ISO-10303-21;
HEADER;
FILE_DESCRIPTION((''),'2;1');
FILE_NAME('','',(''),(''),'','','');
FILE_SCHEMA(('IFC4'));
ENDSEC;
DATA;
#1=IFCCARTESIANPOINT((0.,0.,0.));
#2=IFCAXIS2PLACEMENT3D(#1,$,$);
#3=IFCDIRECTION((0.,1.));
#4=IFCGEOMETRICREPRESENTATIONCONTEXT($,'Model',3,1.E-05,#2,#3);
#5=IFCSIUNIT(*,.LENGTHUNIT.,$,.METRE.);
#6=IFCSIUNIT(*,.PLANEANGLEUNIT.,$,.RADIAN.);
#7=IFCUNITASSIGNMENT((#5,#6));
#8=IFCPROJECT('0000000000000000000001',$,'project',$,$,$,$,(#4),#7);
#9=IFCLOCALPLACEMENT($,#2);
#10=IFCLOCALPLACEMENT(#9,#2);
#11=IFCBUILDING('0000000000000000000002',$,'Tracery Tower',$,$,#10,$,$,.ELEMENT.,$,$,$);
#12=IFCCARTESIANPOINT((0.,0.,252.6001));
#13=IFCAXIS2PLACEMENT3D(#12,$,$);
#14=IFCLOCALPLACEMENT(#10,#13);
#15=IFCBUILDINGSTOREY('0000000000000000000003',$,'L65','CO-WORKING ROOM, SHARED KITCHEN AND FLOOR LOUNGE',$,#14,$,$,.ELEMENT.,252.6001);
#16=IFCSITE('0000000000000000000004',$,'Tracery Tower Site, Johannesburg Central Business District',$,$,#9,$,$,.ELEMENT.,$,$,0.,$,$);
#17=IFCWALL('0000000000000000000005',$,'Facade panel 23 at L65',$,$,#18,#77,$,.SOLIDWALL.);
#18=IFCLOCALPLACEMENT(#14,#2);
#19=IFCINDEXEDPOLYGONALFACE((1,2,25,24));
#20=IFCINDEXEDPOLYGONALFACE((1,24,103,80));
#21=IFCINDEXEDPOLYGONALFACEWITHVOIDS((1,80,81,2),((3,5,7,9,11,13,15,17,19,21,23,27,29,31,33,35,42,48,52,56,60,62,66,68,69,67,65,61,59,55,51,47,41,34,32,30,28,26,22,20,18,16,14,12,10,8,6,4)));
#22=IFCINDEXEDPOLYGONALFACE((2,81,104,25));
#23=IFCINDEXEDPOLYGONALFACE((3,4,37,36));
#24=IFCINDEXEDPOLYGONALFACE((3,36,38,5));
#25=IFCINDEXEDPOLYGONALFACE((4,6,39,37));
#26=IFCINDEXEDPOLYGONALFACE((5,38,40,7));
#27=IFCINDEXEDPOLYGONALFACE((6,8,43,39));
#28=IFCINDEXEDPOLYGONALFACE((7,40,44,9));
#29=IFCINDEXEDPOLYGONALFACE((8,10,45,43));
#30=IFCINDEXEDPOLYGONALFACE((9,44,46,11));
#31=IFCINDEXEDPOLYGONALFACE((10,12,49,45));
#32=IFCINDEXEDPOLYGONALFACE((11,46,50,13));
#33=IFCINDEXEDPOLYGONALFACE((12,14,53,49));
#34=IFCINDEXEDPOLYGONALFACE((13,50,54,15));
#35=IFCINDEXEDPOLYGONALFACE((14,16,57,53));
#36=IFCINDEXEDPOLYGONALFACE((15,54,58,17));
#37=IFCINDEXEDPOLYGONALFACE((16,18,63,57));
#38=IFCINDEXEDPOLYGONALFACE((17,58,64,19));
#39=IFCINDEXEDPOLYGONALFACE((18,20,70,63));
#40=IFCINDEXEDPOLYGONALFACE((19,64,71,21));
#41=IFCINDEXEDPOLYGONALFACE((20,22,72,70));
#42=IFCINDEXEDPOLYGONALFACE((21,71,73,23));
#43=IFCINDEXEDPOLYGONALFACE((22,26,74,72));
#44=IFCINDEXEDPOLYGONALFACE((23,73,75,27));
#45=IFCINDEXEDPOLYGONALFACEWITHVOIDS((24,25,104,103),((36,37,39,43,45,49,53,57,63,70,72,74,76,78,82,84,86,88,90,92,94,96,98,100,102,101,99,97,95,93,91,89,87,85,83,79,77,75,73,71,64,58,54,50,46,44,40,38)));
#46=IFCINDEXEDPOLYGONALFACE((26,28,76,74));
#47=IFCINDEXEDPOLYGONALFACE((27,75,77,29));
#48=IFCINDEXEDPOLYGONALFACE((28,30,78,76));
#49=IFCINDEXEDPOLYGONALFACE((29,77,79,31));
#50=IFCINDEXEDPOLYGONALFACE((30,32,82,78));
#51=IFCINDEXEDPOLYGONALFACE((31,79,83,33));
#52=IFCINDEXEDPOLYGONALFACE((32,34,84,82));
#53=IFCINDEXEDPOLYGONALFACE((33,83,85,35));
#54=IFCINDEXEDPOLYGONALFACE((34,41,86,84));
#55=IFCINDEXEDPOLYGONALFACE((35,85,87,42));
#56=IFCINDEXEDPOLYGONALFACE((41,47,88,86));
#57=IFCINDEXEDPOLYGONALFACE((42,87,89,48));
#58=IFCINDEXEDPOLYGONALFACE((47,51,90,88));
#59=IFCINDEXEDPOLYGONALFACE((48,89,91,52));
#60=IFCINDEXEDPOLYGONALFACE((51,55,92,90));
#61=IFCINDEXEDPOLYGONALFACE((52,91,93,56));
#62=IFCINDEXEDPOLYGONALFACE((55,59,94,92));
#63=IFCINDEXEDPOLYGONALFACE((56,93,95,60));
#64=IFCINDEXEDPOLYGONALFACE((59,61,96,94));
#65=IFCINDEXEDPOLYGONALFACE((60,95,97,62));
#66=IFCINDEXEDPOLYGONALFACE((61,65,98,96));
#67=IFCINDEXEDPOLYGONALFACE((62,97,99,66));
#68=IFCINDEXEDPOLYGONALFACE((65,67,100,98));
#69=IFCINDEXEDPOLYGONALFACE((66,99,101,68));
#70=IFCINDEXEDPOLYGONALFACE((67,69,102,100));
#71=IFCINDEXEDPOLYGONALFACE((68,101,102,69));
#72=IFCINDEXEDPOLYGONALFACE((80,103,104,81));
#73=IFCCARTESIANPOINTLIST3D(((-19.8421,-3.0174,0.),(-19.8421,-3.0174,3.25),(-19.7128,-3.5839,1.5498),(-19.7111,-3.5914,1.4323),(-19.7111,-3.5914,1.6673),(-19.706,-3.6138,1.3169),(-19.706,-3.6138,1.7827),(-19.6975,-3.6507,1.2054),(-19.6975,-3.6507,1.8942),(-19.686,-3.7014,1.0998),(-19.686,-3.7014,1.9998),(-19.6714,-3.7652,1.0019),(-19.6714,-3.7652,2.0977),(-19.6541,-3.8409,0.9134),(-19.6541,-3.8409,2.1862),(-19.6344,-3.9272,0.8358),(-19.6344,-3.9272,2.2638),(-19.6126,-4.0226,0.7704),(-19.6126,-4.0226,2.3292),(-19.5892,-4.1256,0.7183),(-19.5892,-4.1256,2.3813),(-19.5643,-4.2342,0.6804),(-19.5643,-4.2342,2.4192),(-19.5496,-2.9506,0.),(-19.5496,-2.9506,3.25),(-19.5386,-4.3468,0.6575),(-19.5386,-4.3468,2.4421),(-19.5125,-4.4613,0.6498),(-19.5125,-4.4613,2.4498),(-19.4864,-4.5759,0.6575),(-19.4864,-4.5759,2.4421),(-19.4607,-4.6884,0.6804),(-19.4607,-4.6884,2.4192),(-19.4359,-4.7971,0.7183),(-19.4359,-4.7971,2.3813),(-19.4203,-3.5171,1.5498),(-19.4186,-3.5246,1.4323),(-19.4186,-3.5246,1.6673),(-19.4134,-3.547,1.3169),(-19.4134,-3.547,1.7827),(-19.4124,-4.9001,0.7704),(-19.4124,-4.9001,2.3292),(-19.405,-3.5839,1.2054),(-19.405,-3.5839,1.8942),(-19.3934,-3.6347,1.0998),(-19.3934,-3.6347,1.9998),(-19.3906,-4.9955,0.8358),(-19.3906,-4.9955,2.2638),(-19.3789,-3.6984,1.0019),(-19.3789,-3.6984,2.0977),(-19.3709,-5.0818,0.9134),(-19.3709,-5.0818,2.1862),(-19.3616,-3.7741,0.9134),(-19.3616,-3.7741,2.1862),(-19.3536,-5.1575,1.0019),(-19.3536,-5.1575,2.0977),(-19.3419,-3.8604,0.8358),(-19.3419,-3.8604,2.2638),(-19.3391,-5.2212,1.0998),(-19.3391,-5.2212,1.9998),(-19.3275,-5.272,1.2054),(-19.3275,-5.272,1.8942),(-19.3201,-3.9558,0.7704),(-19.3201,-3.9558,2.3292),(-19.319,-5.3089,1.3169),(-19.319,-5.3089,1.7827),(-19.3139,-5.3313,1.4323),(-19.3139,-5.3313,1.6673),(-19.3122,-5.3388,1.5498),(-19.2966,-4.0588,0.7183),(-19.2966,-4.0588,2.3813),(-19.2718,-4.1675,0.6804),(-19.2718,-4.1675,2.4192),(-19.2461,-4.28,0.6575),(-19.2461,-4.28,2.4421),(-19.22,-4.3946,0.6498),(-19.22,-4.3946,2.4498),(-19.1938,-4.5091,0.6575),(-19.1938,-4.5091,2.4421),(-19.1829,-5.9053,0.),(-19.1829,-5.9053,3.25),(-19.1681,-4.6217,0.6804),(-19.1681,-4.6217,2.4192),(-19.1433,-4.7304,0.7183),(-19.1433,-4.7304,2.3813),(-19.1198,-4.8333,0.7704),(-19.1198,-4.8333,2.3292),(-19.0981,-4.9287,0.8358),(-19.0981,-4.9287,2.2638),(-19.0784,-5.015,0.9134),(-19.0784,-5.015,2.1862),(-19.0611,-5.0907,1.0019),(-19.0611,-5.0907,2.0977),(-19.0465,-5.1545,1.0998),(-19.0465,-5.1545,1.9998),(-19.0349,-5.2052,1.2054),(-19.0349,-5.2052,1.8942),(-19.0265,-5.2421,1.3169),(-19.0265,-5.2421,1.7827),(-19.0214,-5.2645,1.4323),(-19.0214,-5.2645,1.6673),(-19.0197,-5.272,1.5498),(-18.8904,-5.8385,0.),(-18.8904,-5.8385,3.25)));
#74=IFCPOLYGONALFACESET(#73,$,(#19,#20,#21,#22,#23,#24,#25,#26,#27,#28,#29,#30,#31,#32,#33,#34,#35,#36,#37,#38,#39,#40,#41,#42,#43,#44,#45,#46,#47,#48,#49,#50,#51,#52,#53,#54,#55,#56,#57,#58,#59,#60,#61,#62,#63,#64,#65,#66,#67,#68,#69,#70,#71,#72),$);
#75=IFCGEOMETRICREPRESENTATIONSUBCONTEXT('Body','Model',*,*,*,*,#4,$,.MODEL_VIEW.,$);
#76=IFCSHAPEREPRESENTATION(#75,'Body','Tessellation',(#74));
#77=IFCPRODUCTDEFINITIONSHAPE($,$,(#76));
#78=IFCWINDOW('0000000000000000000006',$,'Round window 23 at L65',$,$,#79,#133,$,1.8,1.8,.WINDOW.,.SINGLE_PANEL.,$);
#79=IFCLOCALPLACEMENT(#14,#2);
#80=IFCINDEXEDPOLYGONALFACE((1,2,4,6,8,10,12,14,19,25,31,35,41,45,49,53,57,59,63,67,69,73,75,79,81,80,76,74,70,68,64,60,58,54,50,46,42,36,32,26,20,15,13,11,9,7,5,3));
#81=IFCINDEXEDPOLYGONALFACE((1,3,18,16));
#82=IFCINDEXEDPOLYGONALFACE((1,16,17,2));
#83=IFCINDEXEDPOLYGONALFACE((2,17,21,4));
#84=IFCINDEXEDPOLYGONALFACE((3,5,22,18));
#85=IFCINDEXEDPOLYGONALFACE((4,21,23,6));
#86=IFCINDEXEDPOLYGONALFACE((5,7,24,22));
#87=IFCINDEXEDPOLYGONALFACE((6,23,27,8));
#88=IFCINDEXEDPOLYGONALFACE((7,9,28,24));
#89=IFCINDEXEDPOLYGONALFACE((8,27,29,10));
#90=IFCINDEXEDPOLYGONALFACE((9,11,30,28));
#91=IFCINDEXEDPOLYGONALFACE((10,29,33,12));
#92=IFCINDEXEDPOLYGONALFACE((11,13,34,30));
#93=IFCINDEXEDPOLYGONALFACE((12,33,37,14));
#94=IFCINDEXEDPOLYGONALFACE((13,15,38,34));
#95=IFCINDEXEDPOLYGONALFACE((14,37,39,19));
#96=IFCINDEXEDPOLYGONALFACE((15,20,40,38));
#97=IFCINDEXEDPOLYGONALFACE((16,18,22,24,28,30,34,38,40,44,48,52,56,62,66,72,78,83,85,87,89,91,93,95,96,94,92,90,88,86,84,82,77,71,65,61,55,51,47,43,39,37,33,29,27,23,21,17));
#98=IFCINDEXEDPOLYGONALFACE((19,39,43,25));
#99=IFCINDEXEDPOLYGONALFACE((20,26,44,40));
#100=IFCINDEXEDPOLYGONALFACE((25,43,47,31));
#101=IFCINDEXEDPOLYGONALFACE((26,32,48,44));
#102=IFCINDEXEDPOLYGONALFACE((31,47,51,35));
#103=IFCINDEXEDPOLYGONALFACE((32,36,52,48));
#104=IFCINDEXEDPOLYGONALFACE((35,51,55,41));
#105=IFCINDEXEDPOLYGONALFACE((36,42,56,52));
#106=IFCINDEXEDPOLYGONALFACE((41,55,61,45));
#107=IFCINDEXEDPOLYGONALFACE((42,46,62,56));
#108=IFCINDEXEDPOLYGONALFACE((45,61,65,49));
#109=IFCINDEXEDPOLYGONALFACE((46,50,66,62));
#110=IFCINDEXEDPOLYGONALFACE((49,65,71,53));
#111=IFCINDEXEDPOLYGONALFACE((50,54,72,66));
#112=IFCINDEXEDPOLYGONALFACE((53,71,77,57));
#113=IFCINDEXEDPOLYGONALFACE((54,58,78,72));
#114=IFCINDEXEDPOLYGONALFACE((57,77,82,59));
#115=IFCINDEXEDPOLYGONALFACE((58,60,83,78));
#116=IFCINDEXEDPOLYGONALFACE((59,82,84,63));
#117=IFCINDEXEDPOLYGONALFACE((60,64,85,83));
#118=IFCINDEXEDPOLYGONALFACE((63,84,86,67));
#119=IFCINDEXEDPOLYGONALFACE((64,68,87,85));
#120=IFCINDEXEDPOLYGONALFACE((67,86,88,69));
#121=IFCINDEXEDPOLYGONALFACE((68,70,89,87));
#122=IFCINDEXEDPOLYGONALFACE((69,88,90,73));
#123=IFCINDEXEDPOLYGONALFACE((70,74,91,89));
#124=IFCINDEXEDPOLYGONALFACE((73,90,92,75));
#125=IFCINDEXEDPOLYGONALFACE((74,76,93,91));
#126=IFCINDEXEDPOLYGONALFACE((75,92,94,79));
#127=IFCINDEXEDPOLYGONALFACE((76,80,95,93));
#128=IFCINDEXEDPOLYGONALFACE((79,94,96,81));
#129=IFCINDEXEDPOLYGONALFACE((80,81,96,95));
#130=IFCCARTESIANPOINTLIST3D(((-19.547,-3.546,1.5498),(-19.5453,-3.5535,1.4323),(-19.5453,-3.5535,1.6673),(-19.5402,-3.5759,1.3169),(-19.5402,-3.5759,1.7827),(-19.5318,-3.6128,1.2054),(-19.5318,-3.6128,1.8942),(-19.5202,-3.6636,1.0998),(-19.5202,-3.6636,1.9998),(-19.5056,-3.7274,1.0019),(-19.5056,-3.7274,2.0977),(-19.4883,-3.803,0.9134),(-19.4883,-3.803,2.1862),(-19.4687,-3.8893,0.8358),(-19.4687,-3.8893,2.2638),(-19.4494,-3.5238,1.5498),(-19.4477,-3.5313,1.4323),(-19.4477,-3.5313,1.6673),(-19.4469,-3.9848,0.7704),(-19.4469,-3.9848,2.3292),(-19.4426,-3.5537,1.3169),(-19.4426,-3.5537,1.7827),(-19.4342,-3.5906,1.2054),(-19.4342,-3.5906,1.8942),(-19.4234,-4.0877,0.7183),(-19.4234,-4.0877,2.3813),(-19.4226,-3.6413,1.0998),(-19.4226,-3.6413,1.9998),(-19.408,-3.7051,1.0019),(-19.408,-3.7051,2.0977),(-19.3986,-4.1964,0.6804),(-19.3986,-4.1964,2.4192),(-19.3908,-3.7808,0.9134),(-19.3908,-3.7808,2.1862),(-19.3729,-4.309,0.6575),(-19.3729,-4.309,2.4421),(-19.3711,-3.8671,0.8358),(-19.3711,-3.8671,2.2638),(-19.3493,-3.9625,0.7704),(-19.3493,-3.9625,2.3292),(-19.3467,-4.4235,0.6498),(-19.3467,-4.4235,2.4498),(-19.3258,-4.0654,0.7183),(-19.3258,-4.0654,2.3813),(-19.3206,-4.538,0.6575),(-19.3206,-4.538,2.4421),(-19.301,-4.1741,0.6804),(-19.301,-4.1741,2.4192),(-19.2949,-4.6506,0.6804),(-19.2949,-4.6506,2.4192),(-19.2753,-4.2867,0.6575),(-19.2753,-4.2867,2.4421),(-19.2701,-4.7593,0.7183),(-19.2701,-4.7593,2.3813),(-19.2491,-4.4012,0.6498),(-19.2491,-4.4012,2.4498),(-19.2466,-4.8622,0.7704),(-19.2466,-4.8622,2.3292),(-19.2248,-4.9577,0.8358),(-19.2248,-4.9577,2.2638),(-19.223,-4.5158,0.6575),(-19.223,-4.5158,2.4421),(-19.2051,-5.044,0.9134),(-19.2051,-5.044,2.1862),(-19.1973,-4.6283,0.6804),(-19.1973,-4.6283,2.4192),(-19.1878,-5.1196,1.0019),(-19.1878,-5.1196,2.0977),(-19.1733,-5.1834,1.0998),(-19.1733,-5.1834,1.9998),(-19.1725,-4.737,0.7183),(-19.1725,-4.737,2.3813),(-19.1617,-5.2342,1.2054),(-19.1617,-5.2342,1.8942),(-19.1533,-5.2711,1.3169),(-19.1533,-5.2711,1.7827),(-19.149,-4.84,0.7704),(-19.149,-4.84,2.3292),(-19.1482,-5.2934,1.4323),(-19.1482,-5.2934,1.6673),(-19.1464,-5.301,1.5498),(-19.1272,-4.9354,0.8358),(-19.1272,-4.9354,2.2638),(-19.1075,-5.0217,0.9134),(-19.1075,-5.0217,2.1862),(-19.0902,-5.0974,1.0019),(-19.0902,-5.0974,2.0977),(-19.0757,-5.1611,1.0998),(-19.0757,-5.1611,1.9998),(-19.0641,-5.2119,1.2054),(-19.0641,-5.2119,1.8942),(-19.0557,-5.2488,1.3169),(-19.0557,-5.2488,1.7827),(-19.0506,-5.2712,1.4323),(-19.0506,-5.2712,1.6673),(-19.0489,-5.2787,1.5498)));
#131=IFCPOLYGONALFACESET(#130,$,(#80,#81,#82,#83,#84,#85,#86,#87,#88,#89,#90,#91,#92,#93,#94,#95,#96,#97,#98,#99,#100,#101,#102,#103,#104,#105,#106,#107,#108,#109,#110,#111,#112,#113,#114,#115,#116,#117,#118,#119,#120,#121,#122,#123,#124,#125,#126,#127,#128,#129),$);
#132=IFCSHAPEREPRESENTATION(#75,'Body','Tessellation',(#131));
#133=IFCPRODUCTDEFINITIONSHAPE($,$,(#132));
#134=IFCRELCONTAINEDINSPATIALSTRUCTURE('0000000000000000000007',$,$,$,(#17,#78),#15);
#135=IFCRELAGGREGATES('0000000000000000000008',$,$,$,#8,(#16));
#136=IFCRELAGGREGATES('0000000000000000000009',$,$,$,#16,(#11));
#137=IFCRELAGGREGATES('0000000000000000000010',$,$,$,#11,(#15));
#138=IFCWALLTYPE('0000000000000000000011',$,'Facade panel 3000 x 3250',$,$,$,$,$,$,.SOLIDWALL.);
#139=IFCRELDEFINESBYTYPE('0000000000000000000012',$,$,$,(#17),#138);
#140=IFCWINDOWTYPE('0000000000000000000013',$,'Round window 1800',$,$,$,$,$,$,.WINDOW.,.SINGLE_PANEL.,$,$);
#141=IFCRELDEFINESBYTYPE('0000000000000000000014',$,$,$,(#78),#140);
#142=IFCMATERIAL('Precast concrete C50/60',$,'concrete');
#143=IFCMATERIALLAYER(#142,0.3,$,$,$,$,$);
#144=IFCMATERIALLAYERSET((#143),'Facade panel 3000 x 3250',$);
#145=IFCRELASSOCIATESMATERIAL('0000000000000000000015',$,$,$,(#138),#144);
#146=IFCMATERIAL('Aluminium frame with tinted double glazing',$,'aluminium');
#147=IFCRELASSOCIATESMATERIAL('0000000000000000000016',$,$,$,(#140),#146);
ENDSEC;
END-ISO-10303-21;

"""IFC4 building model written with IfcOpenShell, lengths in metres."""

from ifc_helpers import new_model, si_unit, direction, frame, frame_2d, origin, origin_2d, place, context, subcontext, project, spatial, rectangle, circle, extrude, material, layer, layer_set, type_object, element, fill, save


model = new_model("IFC4")

# Units and contexts
model_context = context("Model", 3, precision=1e-05, world=origin(), true_north=direction((0.0, 1.0)))
body_context = subcontext(model_context, "Body", "Model", "MODEL_VIEW")
ifc_project = project(units=[si_unit("LENGTHUNIT", "METRE"), si_unit("PLANEANGLEUNIT", "RADIAN")], contexts=[model_context])

# Site, building, storey
site_placement = place(None, origin())
site = spatial("IfcSite", under=ifc_project, at=site_placement, Name="Tracery Tower Site, Johannesburg Central Business District", CompositionType="ELEMENT", RefElevation=0.0)
building_placement = place(site_placement, origin())
building = spatial("IfcBuilding", under=site, at=building_placement, Name="Tracery Tower", CompositionType="ELEMENT")
storey_placement = place(building_placement, frame((0.0, 0.0, 252.6001)))
storey = spatial("IfcBuildingStorey", under=building, at=storey_placement, Name="L65", Description="CO-WORKING ROOM, SHARED KITCHEN AND FLOOR LOUNGE", CompositionType="ELEMENT", Elevation=252.6001)

# Wall, opening, window
ifc_material_1 = material(Name="Precast concrete C50/60", Category="concrete")
ifc_layer_1 = layer(ifc_material_1, 0.3)
ifc_layer_set_1 = layer_set([ifc_layer_1], Name="Facade panel 3000 x 3250")
wall_type_1 = type_object("IfcWallType", Name="Facade panel 3000 x 3250", PredefinedType="SOLIDWALL", material=ifc_layer_set_1)
wall_1_placement = place(storey_placement, frame((-19.6958, -2.9841, 0.0), z_axis=(0.0, 0.0, 1.0), x_axis=(0.222529, -0.974926, 0.0)))
wall_1 = element("IfcWall", 1, at=wall_1_placement, inside=storey, type_object=wall_type_1, Name="Facade panel 23 at L65", PredefinedType="SOLIDWALL", context=body_context, shape_type="SweptSolid", body=[
    extrude(rectangle(XDim=2.9622, YDim=0.3, at=frame_2d((1.481, 0.0))), origin(), (0.0, 0.0, 1.0), 3.25),
])
opening_1_placement = place(wall_1_placement, frame((1.481, 0.0, 1.5498)))
opening_1 = element("IfcOpeningElement", 2, at=opening_1_placement, cuts=wall_1, PredefinedType="OPENING", context=body_context, shape_type="SweptSolid", body=[
    extrude(circle(Radius=0.9, at=origin_2d()), frame((0.0, 0.1599, 0.0), z_axis=(0.0, -1.0, 0.0), x_axis=(1.0, 0.0, 0.0)), (0.0, 0.0, 1.0), 0.3201),
])
ifc_material_2 = material(Name="Aluminium frame with tinted double glazing", Category="aluminium")
window_type = type_object("IfcWindowType", Name="Round window 1800", PartitioningType="SINGLE_PANEL", PredefinedType="WINDOW", material=ifc_material_2)
window_1_placement = place(opening_1_placement, origin())
window_1 = element("IfcWindow", 3, at=window_1_placement, inside=storey, type_object=window_type, Name="Round window 23 at L65", OverallHeight=1.8, OverallWidth=1.8, PartitioningType="SINGLE_PANEL", PredefinedType="WINDOW", context=body_context, shape_type="SweptSolid", body=[
    extrude(circle(Radius=0.9, at=origin_2d()), frame((0.0, 0.1201, 0.0), z_axis=(0.0, -1.0, 0.0), x_axis=(1.0, 0.0, 0.0)), (0.0, 0.0, 1.0), 0.1001),
])
fill(opening_1, window_1)

save(model, "model.ifc")
